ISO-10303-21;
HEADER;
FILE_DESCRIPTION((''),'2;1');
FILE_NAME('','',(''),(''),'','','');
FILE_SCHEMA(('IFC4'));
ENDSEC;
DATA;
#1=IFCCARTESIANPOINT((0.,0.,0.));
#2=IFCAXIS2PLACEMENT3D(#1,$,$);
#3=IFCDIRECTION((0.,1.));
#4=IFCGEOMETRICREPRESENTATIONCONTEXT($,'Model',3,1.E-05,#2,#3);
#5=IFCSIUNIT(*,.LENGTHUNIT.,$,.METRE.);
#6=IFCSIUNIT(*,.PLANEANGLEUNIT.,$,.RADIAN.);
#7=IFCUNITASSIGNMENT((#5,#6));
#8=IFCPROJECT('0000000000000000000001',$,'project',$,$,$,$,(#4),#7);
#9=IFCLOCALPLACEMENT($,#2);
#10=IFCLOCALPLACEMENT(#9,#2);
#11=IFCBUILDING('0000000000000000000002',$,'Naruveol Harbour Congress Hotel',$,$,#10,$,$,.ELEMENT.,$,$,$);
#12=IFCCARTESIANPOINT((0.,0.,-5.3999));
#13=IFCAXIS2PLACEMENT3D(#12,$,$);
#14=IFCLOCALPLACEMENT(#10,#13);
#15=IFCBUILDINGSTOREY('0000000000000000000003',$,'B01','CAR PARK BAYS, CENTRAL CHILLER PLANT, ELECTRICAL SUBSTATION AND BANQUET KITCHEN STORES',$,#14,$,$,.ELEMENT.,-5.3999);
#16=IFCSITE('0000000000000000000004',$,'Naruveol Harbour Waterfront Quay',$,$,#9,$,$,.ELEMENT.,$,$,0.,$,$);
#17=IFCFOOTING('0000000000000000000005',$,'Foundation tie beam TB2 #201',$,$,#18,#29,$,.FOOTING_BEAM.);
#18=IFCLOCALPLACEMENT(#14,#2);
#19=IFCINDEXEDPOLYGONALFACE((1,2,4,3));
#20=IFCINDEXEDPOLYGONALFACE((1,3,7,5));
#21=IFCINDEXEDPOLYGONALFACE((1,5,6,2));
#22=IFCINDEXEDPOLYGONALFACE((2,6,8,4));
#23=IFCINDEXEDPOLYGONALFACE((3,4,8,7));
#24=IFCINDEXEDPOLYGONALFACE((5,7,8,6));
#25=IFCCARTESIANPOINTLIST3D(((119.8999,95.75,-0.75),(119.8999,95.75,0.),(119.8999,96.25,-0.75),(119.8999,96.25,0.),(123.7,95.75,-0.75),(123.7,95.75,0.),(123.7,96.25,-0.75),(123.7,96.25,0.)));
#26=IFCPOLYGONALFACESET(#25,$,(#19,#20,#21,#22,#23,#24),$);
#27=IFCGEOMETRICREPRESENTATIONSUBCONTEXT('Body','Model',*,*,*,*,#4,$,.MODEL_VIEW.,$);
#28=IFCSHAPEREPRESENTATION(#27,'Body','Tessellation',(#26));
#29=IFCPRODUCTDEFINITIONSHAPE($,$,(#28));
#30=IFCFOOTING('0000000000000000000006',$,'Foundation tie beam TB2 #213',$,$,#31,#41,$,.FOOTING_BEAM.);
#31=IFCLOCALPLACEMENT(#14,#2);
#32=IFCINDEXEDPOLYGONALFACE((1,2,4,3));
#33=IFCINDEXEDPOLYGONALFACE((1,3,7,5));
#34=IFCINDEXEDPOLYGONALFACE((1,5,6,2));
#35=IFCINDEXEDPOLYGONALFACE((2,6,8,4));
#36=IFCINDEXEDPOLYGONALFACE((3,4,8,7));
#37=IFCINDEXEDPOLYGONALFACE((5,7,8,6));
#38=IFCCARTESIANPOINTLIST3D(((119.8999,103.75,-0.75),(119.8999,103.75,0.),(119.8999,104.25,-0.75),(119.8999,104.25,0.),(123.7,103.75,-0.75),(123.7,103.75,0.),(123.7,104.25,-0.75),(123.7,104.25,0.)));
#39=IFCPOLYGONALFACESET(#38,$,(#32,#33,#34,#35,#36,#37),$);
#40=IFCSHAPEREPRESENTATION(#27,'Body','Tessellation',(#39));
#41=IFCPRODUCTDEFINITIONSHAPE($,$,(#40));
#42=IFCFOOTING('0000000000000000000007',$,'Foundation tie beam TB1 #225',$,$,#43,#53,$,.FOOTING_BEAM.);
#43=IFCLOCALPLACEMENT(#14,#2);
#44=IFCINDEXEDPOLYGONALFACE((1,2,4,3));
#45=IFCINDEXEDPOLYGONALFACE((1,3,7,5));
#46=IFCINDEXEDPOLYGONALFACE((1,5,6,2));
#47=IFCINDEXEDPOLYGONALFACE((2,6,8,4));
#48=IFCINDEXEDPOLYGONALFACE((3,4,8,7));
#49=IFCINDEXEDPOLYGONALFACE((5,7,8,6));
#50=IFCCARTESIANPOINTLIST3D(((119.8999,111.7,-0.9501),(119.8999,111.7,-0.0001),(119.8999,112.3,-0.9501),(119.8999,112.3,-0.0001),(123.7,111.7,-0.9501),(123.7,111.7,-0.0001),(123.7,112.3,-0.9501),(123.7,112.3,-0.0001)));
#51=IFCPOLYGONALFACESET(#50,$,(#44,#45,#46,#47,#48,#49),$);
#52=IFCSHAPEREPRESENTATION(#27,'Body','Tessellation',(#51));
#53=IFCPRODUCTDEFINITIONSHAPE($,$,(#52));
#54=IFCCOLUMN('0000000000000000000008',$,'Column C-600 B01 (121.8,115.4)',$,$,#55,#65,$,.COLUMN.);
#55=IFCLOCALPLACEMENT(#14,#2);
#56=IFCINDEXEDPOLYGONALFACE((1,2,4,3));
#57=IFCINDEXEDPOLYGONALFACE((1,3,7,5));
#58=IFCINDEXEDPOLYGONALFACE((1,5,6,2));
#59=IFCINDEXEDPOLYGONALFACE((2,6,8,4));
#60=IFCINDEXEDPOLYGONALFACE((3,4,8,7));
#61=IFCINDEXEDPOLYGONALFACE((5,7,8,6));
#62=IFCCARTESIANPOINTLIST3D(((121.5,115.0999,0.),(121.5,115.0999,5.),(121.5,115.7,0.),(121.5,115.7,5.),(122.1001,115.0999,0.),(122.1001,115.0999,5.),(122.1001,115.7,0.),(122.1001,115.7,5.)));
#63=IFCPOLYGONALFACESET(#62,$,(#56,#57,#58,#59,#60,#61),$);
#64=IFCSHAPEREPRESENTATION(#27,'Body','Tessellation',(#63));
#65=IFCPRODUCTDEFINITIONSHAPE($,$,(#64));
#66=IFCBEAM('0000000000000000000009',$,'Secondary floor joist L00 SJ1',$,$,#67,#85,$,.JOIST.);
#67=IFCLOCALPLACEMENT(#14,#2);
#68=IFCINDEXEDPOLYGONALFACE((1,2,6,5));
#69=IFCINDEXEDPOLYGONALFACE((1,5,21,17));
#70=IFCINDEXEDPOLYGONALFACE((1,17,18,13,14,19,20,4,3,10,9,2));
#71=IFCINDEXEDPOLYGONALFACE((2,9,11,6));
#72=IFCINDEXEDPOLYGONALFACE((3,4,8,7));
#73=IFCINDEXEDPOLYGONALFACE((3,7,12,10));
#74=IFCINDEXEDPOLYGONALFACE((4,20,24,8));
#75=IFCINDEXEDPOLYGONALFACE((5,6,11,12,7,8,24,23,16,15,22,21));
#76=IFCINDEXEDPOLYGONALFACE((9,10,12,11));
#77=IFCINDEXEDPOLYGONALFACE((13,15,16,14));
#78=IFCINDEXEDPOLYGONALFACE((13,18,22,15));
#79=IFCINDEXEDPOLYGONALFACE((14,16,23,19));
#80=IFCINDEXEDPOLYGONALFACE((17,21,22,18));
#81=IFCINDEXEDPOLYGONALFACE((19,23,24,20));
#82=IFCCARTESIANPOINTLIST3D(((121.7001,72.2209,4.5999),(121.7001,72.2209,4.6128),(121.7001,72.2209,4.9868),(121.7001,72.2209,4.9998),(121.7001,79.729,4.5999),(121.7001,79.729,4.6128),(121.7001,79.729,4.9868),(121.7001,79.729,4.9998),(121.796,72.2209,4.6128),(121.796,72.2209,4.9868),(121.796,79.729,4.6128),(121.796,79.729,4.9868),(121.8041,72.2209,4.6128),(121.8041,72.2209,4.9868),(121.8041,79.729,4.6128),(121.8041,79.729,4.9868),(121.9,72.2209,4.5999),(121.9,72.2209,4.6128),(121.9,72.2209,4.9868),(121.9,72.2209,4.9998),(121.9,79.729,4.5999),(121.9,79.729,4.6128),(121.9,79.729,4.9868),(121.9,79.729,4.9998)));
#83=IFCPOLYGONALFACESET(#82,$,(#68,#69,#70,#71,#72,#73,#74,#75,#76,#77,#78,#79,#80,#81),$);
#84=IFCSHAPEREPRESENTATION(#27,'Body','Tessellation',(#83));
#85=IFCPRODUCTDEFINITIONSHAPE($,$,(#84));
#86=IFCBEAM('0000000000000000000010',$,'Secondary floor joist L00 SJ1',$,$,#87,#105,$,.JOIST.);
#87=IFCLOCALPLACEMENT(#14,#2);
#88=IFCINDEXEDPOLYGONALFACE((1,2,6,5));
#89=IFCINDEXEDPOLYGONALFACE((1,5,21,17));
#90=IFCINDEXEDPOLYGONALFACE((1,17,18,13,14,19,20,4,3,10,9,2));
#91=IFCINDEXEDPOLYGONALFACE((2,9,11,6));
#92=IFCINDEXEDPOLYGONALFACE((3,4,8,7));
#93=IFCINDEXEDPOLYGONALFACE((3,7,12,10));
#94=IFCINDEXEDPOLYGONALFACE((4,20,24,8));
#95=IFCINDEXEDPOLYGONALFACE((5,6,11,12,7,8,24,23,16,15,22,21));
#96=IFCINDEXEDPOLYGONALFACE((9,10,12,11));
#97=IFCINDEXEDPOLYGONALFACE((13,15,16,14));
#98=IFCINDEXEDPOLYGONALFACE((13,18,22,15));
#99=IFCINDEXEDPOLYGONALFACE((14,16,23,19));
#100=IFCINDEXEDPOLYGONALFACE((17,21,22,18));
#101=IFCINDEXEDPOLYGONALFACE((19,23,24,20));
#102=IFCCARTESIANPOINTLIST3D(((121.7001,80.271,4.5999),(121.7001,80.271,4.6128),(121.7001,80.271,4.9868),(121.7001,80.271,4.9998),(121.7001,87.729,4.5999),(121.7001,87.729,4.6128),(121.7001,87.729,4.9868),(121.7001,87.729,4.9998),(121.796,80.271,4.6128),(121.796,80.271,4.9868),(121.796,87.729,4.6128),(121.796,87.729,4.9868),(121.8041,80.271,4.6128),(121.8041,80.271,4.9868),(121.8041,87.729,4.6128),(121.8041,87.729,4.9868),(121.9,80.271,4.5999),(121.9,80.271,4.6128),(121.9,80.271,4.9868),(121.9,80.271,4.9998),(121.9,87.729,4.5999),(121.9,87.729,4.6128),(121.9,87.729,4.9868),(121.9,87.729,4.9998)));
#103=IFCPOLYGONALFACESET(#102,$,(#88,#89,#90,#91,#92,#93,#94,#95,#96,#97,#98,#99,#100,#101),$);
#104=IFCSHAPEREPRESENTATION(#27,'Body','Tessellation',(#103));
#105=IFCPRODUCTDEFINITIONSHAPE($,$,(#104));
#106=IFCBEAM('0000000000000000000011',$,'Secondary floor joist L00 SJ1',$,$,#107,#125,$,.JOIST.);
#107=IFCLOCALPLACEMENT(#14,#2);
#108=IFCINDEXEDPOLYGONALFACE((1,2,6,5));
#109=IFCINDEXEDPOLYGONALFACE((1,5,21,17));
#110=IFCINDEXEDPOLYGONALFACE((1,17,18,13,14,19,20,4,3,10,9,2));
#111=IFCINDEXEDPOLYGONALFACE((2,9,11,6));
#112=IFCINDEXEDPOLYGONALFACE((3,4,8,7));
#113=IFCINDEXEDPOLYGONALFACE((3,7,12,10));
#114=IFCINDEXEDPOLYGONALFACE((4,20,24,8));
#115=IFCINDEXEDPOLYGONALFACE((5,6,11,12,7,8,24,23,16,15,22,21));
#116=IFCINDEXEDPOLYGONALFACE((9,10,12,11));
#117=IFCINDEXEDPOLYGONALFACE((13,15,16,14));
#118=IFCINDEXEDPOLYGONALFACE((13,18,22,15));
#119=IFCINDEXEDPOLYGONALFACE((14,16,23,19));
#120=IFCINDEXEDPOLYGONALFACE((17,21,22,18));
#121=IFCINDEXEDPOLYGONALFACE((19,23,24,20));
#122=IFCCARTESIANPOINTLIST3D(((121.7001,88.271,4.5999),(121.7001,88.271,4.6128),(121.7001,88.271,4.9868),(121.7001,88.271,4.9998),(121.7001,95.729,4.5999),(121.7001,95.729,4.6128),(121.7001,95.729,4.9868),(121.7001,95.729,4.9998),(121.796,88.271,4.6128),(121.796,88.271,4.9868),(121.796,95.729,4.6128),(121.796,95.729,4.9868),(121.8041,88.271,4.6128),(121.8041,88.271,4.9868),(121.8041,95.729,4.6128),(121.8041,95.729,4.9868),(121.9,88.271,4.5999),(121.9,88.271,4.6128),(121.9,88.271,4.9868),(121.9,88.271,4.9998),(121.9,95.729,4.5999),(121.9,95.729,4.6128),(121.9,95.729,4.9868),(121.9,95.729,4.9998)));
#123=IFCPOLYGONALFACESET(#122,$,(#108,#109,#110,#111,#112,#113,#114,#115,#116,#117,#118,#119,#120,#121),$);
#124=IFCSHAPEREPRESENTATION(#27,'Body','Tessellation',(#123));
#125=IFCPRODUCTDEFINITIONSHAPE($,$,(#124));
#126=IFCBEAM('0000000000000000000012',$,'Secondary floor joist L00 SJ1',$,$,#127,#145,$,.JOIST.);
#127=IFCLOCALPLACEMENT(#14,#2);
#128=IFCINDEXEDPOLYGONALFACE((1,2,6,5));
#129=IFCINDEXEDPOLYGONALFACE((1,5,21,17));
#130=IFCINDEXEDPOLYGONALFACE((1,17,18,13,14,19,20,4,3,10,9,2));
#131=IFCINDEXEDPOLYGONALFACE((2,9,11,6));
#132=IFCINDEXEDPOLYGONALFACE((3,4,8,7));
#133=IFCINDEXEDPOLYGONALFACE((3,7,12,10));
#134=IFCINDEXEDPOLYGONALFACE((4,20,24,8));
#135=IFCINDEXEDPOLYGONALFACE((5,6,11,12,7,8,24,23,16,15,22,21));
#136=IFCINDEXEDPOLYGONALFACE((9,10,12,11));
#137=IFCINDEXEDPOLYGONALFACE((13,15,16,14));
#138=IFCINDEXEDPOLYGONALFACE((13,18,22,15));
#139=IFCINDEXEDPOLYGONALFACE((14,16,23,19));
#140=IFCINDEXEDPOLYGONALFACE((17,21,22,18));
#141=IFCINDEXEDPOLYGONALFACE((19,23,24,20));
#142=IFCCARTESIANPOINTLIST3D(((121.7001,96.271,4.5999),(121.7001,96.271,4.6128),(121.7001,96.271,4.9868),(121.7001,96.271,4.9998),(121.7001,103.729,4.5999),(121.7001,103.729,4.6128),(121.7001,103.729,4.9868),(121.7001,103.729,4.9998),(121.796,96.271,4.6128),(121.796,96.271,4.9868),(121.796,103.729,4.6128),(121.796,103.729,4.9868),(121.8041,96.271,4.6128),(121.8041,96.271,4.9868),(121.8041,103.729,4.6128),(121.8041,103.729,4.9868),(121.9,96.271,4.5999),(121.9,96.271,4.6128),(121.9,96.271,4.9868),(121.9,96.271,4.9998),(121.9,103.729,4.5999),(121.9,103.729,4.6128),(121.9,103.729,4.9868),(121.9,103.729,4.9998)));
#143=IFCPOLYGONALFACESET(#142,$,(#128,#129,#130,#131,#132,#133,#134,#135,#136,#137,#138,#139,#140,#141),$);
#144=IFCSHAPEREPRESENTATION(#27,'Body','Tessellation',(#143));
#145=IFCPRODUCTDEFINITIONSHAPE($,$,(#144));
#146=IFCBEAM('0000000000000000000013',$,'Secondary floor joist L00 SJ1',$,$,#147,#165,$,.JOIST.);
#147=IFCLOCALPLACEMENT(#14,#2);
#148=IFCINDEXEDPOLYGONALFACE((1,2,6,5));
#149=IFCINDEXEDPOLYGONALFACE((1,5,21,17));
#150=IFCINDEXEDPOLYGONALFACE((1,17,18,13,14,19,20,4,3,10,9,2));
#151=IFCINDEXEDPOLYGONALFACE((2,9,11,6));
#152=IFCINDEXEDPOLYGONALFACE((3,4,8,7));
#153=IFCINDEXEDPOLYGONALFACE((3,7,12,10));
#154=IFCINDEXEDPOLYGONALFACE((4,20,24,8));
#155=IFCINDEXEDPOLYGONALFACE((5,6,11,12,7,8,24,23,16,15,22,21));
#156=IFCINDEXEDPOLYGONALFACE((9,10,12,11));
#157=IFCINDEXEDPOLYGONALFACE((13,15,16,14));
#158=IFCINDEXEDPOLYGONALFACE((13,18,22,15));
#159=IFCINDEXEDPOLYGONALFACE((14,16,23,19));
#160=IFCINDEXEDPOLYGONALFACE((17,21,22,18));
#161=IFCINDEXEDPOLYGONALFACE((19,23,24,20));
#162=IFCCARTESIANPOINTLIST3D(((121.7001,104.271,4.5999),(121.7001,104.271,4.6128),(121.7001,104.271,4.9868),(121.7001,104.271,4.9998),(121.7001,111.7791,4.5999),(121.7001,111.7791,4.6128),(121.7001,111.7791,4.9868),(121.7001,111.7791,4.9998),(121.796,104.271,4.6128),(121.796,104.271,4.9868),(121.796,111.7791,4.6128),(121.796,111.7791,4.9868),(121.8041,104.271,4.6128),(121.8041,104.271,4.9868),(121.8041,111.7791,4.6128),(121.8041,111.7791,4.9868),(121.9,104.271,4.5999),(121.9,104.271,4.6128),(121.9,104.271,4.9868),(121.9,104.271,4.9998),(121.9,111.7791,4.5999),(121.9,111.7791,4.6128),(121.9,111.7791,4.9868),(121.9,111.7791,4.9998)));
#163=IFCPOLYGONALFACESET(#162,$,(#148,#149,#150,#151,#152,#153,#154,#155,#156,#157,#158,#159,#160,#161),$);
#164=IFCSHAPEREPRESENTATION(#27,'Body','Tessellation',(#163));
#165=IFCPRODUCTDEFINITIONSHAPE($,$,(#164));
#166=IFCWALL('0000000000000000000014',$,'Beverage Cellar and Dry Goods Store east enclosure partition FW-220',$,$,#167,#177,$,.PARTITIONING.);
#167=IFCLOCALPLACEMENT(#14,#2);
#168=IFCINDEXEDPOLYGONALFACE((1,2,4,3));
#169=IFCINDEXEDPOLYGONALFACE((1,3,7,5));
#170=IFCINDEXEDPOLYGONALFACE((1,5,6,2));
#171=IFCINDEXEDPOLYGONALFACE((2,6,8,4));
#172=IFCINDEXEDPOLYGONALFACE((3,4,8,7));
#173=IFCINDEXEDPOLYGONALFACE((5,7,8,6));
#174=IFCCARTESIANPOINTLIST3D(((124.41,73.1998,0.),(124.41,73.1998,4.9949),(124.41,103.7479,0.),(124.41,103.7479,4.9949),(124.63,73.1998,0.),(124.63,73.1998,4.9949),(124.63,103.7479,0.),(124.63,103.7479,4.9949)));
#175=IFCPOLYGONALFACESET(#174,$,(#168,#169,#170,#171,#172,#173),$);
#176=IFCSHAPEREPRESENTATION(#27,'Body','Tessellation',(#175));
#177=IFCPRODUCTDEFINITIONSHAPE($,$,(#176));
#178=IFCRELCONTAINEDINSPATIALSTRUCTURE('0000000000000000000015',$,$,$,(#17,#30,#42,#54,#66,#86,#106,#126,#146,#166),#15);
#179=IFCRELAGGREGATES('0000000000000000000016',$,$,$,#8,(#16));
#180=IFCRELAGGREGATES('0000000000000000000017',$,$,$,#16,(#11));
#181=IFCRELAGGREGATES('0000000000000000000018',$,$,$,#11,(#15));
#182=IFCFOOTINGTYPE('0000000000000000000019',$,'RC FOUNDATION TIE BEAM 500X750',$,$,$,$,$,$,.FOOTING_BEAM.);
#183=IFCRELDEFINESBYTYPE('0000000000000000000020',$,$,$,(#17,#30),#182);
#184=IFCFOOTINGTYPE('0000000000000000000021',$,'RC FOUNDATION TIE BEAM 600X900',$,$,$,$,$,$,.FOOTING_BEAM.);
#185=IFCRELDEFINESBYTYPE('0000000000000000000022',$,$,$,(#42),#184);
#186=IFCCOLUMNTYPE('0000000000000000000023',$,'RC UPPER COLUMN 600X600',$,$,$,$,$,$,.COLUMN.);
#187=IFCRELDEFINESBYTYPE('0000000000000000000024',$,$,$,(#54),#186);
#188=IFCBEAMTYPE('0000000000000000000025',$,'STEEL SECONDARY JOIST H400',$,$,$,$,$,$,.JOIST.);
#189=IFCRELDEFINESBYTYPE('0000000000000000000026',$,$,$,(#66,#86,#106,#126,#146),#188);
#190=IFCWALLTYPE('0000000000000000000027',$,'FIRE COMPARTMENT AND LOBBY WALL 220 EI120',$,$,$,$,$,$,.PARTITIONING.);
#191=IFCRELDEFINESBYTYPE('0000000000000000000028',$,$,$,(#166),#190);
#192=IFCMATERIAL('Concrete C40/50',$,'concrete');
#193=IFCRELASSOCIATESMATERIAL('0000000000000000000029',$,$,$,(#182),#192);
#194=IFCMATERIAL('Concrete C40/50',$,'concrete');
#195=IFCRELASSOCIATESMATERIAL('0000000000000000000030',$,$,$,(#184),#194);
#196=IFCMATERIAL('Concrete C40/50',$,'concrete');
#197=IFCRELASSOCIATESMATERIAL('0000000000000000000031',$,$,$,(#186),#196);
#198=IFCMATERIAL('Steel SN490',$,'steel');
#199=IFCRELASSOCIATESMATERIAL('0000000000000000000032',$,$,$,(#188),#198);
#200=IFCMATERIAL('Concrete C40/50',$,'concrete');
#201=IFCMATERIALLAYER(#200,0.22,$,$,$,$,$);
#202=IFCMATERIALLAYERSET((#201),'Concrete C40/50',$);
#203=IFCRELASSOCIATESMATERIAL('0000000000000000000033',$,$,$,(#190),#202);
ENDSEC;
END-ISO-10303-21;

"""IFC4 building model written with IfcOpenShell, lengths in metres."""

from ifc_helpers import new_model, si_unit, direction, frame, frame_2d, origin, origin_2d, place, context, subcontext, project, spatial, rectangle, i_section, extrude, material, layer, layer_set, material_profile, profile_set, type_object, element, save


model = new_model("IFC4")

# Units and contexts
model_context = context("Model", 3, precision=1e-05, world=origin(), true_north=direction((0.0, 1.0)))
body_context = subcontext(model_context, "Body", "Model", "MODEL_VIEW")
ifc_project = project(units=[si_unit("LENGTHUNIT", "METRE"), si_unit("PLANEANGLEUNIT", "RADIAN")], contexts=[model_context])

# Site, building, storey
site_placement = place(None, origin())
site = spatial("IfcSite", under=ifc_project, at=site_placement, Name="Naruveol Harbour Waterfront Quay", CompositionType="ELEMENT", RefElevation=0.0)
building_placement = place(site_placement, origin())
building = spatial("IfcBuilding", under=site, at=building_placement, Name="Naruveol Harbour Congress Hotel", CompositionType="ELEMENT")
storey_placement = place(building_placement, frame((0.0, 0.0, -5.3999)))
storey = spatial("IfcBuildingStorey", under=building, at=storey_placement, Name="B01", Description="CAR PARK BAYS, CENTRAL CHILLER PLANT, ELECTRICAL SUBSTATION AND BANQUET KITCHEN STORES", CompositionType="ELEMENT", Elevation=-5.3999)

# Footings
ifc_material_1 = material(Name="Concrete C40/50", Category="concrete")
ifc_material_profile_1 = material_profile(ifc_material_1, rectangle(XDim=0.5, YDim=0.75, at=origin_2d()), Name="RCB-500x750")
ifc_profile_set_1 = profile_set([ifc_material_profile_1], Name="Concrete C40/50")
footing_type_1 = type_object("IfcFootingType", Name="RC FOUNDATION TIE BEAM 500X750", PredefinedType="FOOTING_BEAM", material=ifc_profile_set_1)
for number, where, z_axis, x_axis, name in (
    (1, (119.8999, 96.0, -0.375), (1.0, 0.0, 0.0), (0.0, 1.0, 0.0), "Foundation tie beam TB2 #201"),
    (2, (119.8999, 104.0, -0.375), (1.0, 0.0, 0.0), (0.0, 1.0, 0.0), "Foundation tie beam TB2 #213"),
):
    element("IfcFooting", number, at=place(storey_placement, frame(where, z_axis=z_axis, x_axis=x_axis)), inside=storey, type_object=footing_type_1, Name=name, PredefinedType="FOOTING_BEAM", context=body_context, shape_type="SweptSolid", body=[
        extrude(rectangle(XDim=0.5, YDim=0.75, at=origin_2d()), origin(), (0.0, 0.0, 1.0), 3.8),
    ])
ifc_material_2 = material(Name="Concrete C40/50", Category="concrete")
ifc_material_profile_2 = material_profile(ifc_material_2, rectangle(XDim=0.6001, YDim=0.95, at=origin_2d()), Name="RCB-600x950")
ifc_profile_set_2 = profile_set([ifc_material_profile_2], Name="Concrete C40/50")
footing_type_2 = type_object("IfcFootingType", Name="RC FOUNDATION TIE BEAM 600X900", PredefinedType="FOOTING_BEAM", material=ifc_profile_set_2)
footing_1_placement = place(storey_placement, frame((119.8999, 112.0, -0.4751), z_axis=(1.0, 0.0, 0.0), x_axis=(0.0, 1.0, 0.0)))
element("IfcFooting", 3, at=footing_1_placement, inside=storey, type_object=footing_type_2, Name="Foundation tie beam TB1 #225", PredefinedType="FOOTING_BEAM", context=body_context, shape_type="SweptSolid", body=[
    extrude(rectangle(XDim=0.6001, YDim=0.95, at=origin_2d()), origin(), (0.0, 0.0, 1.0), 3.8),
])

# Column
ifc_material_3 = material(Name="Concrete C40/50", Category="concrete")
ifc_material_profile_3 = material_profile(ifc_material_3, rectangle(XDim=0.6001, YDim=0.6001, at=origin_2d()), Name="RC-600x600")
ifc_profile_set_3 = profile_set([ifc_material_profile_3], Name="Concrete C40/50")
column_type = type_object("IfcColumnType", Name="RC UPPER COLUMN 600X600", PredefinedType="COLUMN", material=ifc_profile_set_3)
column_placement = place(storey_placement, frame((121.8, 115.3999, 0.0), z_axis=(0.0, 0.0, 1.0), x_axis=(1.0, 0.0, 0.0)))
element("IfcColumn", 4, at=column_placement, inside=storey, type_object=column_type, Name="Column C-600 B01 (121.8,115.4)", PredefinedType="COLUMN", context=body_context, shape_type="SweptSolid", body=[
    extrude(rectangle(XDim=0.6001, YDim=0.6001, at=origin_2d()), origin(), (0.0, 0.0, 1.0), 5.0),
])

# Beams
ifc_material_4 = material(Name="Steel SN490", Category="steel")
ifc_material_profile_4 = material_profile(ifc_material_4, i_section(OverallWidth=0.2, OverallDepth=0.3999, WebThickness=0.0081, FlangeThickness=0.0129, at=origin_2d()), Name="H-400x200x8x13")
ifc_profile_set_4 = profile_set([ifc_material_profile_4], Name="Steel SN490")
beam_type = type_object("IfcBeamType", Name="STEEL SECONDARY JOIST H400", PredefinedType="JOIST", material=ifc_profile_set_4)
beam_1_placement = place(storey_placement, frame((121.8, 72.2209, 4.7998), z_axis=(0.0, 1.0, 0.0), x_axis=(-1.0, 0.0, 0.0)))
element("IfcBeam", 5, at=beam_1_placement, inside=storey, type_object=beam_type, Name="Secondary floor joist L00 SJ1", PredefinedType="JOIST", context=body_context, shape_type="SweptSolid", body=[
    extrude(i_section(OverallWidth=0.2, OverallDepth=0.3999, WebThickness=0.0081, FlangeThickness=0.0129, at=origin_2d()), origin(), (0.0, 0.0, 1.0), 7.5081),
])
for number, where, z_axis, x_axis, name in (
    (6, (121.8, 80.271, 4.7998), (0.0, 1.0, 0.0), (-1.0, 0.0, 0.0), "Secondary floor joist L00 SJ1"),
    (7, (121.8, 88.271, 4.7998), (0.0, 1.0, 0.0), (-1.0, 0.0, 0.0), "Secondary floor joist L00 SJ1"),
    (8, (121.8, 96.271, 4.7998), (0.0, 1.0, 0.0), (-1.0, 0.0, 0.0), "Secondary floor joist L00 SJ1"),
):
    element("IfcBeam", number, at=place(storey_placement, frame(where, z_axis=z_axis, x_axis=x_axis)), inside=storey, type_object=beam_type, Name=name, PredefinedType="JOIST", context=body_context, shape_type="SweptSolid", body=[
        extrude(i_section(OverallWidth=0.2, OverallDepth=0.3999, WebThickness=0.0081, FlangeThickness=0.0129, at=origin_2d()), origin(), (0.0, 0.0, 1.0), 7.458),
    ])
beam_2_placement = place(storey_placement, frame((121.8, 104.271, 4.7998), z_axis=(0.0, 1.0, 0.0), x_axis=(-1.0, 0.0, 0.0)))
element("IfcBeam", 9, at=beam_2_placement, inside=storey, type_object=beam_type, Name="Secondary floor joist L00 SJ1", PredefinedType="JOIST", context=body_context, shape_type="SweptSolid", body=[
    extrude(i_section(OverallWidth=0.2, OverallDepth=0.3999, WebThickness=0.0081, FlangeThickness=0.0129, at=origin_2d()), origin(), (0.0, 0.0, 1.0), 7.5081),
])

# Wall
ifc_material_5 = material(Name="Concrete C40/50", Category="concrete")
ifc_layer = layer(ifc_material_5, 0.22)
ifc_layer_set = layer_set([ifc_layer], Name="Concrete C40/50")
wall_type = type_object("IfcWallType", Name="FIRE COMPARTMENT AND LOBBY WALL 220 EI120", PredefinedType="PARTITIONING", material=ifc_layer_set)
wall_placement = place(storey_placement, frame((124.52, 73.2, 0.0), z_axis=(0.0, 0.0, 1.0), x_axis=(0.0, 1.0, 0.0)))
element("IfcWall", 10, at=wall_placement, inside=storey, type_object=wall_type, Name="Beverage Cellar and Dry Goods Store east enclosure partition FW-220", PredefinedType="PARTITIONING", context=body_context, shape_type="SweptSolid", body=[
    extrude(rectangle(XDim=30.5481, YDim=0.22, at=frame_2d((15.2739, 0.0))), origin(), (0.0, 0.0, 1.0), 4.9949),
])

save(model, "model.ifc")
